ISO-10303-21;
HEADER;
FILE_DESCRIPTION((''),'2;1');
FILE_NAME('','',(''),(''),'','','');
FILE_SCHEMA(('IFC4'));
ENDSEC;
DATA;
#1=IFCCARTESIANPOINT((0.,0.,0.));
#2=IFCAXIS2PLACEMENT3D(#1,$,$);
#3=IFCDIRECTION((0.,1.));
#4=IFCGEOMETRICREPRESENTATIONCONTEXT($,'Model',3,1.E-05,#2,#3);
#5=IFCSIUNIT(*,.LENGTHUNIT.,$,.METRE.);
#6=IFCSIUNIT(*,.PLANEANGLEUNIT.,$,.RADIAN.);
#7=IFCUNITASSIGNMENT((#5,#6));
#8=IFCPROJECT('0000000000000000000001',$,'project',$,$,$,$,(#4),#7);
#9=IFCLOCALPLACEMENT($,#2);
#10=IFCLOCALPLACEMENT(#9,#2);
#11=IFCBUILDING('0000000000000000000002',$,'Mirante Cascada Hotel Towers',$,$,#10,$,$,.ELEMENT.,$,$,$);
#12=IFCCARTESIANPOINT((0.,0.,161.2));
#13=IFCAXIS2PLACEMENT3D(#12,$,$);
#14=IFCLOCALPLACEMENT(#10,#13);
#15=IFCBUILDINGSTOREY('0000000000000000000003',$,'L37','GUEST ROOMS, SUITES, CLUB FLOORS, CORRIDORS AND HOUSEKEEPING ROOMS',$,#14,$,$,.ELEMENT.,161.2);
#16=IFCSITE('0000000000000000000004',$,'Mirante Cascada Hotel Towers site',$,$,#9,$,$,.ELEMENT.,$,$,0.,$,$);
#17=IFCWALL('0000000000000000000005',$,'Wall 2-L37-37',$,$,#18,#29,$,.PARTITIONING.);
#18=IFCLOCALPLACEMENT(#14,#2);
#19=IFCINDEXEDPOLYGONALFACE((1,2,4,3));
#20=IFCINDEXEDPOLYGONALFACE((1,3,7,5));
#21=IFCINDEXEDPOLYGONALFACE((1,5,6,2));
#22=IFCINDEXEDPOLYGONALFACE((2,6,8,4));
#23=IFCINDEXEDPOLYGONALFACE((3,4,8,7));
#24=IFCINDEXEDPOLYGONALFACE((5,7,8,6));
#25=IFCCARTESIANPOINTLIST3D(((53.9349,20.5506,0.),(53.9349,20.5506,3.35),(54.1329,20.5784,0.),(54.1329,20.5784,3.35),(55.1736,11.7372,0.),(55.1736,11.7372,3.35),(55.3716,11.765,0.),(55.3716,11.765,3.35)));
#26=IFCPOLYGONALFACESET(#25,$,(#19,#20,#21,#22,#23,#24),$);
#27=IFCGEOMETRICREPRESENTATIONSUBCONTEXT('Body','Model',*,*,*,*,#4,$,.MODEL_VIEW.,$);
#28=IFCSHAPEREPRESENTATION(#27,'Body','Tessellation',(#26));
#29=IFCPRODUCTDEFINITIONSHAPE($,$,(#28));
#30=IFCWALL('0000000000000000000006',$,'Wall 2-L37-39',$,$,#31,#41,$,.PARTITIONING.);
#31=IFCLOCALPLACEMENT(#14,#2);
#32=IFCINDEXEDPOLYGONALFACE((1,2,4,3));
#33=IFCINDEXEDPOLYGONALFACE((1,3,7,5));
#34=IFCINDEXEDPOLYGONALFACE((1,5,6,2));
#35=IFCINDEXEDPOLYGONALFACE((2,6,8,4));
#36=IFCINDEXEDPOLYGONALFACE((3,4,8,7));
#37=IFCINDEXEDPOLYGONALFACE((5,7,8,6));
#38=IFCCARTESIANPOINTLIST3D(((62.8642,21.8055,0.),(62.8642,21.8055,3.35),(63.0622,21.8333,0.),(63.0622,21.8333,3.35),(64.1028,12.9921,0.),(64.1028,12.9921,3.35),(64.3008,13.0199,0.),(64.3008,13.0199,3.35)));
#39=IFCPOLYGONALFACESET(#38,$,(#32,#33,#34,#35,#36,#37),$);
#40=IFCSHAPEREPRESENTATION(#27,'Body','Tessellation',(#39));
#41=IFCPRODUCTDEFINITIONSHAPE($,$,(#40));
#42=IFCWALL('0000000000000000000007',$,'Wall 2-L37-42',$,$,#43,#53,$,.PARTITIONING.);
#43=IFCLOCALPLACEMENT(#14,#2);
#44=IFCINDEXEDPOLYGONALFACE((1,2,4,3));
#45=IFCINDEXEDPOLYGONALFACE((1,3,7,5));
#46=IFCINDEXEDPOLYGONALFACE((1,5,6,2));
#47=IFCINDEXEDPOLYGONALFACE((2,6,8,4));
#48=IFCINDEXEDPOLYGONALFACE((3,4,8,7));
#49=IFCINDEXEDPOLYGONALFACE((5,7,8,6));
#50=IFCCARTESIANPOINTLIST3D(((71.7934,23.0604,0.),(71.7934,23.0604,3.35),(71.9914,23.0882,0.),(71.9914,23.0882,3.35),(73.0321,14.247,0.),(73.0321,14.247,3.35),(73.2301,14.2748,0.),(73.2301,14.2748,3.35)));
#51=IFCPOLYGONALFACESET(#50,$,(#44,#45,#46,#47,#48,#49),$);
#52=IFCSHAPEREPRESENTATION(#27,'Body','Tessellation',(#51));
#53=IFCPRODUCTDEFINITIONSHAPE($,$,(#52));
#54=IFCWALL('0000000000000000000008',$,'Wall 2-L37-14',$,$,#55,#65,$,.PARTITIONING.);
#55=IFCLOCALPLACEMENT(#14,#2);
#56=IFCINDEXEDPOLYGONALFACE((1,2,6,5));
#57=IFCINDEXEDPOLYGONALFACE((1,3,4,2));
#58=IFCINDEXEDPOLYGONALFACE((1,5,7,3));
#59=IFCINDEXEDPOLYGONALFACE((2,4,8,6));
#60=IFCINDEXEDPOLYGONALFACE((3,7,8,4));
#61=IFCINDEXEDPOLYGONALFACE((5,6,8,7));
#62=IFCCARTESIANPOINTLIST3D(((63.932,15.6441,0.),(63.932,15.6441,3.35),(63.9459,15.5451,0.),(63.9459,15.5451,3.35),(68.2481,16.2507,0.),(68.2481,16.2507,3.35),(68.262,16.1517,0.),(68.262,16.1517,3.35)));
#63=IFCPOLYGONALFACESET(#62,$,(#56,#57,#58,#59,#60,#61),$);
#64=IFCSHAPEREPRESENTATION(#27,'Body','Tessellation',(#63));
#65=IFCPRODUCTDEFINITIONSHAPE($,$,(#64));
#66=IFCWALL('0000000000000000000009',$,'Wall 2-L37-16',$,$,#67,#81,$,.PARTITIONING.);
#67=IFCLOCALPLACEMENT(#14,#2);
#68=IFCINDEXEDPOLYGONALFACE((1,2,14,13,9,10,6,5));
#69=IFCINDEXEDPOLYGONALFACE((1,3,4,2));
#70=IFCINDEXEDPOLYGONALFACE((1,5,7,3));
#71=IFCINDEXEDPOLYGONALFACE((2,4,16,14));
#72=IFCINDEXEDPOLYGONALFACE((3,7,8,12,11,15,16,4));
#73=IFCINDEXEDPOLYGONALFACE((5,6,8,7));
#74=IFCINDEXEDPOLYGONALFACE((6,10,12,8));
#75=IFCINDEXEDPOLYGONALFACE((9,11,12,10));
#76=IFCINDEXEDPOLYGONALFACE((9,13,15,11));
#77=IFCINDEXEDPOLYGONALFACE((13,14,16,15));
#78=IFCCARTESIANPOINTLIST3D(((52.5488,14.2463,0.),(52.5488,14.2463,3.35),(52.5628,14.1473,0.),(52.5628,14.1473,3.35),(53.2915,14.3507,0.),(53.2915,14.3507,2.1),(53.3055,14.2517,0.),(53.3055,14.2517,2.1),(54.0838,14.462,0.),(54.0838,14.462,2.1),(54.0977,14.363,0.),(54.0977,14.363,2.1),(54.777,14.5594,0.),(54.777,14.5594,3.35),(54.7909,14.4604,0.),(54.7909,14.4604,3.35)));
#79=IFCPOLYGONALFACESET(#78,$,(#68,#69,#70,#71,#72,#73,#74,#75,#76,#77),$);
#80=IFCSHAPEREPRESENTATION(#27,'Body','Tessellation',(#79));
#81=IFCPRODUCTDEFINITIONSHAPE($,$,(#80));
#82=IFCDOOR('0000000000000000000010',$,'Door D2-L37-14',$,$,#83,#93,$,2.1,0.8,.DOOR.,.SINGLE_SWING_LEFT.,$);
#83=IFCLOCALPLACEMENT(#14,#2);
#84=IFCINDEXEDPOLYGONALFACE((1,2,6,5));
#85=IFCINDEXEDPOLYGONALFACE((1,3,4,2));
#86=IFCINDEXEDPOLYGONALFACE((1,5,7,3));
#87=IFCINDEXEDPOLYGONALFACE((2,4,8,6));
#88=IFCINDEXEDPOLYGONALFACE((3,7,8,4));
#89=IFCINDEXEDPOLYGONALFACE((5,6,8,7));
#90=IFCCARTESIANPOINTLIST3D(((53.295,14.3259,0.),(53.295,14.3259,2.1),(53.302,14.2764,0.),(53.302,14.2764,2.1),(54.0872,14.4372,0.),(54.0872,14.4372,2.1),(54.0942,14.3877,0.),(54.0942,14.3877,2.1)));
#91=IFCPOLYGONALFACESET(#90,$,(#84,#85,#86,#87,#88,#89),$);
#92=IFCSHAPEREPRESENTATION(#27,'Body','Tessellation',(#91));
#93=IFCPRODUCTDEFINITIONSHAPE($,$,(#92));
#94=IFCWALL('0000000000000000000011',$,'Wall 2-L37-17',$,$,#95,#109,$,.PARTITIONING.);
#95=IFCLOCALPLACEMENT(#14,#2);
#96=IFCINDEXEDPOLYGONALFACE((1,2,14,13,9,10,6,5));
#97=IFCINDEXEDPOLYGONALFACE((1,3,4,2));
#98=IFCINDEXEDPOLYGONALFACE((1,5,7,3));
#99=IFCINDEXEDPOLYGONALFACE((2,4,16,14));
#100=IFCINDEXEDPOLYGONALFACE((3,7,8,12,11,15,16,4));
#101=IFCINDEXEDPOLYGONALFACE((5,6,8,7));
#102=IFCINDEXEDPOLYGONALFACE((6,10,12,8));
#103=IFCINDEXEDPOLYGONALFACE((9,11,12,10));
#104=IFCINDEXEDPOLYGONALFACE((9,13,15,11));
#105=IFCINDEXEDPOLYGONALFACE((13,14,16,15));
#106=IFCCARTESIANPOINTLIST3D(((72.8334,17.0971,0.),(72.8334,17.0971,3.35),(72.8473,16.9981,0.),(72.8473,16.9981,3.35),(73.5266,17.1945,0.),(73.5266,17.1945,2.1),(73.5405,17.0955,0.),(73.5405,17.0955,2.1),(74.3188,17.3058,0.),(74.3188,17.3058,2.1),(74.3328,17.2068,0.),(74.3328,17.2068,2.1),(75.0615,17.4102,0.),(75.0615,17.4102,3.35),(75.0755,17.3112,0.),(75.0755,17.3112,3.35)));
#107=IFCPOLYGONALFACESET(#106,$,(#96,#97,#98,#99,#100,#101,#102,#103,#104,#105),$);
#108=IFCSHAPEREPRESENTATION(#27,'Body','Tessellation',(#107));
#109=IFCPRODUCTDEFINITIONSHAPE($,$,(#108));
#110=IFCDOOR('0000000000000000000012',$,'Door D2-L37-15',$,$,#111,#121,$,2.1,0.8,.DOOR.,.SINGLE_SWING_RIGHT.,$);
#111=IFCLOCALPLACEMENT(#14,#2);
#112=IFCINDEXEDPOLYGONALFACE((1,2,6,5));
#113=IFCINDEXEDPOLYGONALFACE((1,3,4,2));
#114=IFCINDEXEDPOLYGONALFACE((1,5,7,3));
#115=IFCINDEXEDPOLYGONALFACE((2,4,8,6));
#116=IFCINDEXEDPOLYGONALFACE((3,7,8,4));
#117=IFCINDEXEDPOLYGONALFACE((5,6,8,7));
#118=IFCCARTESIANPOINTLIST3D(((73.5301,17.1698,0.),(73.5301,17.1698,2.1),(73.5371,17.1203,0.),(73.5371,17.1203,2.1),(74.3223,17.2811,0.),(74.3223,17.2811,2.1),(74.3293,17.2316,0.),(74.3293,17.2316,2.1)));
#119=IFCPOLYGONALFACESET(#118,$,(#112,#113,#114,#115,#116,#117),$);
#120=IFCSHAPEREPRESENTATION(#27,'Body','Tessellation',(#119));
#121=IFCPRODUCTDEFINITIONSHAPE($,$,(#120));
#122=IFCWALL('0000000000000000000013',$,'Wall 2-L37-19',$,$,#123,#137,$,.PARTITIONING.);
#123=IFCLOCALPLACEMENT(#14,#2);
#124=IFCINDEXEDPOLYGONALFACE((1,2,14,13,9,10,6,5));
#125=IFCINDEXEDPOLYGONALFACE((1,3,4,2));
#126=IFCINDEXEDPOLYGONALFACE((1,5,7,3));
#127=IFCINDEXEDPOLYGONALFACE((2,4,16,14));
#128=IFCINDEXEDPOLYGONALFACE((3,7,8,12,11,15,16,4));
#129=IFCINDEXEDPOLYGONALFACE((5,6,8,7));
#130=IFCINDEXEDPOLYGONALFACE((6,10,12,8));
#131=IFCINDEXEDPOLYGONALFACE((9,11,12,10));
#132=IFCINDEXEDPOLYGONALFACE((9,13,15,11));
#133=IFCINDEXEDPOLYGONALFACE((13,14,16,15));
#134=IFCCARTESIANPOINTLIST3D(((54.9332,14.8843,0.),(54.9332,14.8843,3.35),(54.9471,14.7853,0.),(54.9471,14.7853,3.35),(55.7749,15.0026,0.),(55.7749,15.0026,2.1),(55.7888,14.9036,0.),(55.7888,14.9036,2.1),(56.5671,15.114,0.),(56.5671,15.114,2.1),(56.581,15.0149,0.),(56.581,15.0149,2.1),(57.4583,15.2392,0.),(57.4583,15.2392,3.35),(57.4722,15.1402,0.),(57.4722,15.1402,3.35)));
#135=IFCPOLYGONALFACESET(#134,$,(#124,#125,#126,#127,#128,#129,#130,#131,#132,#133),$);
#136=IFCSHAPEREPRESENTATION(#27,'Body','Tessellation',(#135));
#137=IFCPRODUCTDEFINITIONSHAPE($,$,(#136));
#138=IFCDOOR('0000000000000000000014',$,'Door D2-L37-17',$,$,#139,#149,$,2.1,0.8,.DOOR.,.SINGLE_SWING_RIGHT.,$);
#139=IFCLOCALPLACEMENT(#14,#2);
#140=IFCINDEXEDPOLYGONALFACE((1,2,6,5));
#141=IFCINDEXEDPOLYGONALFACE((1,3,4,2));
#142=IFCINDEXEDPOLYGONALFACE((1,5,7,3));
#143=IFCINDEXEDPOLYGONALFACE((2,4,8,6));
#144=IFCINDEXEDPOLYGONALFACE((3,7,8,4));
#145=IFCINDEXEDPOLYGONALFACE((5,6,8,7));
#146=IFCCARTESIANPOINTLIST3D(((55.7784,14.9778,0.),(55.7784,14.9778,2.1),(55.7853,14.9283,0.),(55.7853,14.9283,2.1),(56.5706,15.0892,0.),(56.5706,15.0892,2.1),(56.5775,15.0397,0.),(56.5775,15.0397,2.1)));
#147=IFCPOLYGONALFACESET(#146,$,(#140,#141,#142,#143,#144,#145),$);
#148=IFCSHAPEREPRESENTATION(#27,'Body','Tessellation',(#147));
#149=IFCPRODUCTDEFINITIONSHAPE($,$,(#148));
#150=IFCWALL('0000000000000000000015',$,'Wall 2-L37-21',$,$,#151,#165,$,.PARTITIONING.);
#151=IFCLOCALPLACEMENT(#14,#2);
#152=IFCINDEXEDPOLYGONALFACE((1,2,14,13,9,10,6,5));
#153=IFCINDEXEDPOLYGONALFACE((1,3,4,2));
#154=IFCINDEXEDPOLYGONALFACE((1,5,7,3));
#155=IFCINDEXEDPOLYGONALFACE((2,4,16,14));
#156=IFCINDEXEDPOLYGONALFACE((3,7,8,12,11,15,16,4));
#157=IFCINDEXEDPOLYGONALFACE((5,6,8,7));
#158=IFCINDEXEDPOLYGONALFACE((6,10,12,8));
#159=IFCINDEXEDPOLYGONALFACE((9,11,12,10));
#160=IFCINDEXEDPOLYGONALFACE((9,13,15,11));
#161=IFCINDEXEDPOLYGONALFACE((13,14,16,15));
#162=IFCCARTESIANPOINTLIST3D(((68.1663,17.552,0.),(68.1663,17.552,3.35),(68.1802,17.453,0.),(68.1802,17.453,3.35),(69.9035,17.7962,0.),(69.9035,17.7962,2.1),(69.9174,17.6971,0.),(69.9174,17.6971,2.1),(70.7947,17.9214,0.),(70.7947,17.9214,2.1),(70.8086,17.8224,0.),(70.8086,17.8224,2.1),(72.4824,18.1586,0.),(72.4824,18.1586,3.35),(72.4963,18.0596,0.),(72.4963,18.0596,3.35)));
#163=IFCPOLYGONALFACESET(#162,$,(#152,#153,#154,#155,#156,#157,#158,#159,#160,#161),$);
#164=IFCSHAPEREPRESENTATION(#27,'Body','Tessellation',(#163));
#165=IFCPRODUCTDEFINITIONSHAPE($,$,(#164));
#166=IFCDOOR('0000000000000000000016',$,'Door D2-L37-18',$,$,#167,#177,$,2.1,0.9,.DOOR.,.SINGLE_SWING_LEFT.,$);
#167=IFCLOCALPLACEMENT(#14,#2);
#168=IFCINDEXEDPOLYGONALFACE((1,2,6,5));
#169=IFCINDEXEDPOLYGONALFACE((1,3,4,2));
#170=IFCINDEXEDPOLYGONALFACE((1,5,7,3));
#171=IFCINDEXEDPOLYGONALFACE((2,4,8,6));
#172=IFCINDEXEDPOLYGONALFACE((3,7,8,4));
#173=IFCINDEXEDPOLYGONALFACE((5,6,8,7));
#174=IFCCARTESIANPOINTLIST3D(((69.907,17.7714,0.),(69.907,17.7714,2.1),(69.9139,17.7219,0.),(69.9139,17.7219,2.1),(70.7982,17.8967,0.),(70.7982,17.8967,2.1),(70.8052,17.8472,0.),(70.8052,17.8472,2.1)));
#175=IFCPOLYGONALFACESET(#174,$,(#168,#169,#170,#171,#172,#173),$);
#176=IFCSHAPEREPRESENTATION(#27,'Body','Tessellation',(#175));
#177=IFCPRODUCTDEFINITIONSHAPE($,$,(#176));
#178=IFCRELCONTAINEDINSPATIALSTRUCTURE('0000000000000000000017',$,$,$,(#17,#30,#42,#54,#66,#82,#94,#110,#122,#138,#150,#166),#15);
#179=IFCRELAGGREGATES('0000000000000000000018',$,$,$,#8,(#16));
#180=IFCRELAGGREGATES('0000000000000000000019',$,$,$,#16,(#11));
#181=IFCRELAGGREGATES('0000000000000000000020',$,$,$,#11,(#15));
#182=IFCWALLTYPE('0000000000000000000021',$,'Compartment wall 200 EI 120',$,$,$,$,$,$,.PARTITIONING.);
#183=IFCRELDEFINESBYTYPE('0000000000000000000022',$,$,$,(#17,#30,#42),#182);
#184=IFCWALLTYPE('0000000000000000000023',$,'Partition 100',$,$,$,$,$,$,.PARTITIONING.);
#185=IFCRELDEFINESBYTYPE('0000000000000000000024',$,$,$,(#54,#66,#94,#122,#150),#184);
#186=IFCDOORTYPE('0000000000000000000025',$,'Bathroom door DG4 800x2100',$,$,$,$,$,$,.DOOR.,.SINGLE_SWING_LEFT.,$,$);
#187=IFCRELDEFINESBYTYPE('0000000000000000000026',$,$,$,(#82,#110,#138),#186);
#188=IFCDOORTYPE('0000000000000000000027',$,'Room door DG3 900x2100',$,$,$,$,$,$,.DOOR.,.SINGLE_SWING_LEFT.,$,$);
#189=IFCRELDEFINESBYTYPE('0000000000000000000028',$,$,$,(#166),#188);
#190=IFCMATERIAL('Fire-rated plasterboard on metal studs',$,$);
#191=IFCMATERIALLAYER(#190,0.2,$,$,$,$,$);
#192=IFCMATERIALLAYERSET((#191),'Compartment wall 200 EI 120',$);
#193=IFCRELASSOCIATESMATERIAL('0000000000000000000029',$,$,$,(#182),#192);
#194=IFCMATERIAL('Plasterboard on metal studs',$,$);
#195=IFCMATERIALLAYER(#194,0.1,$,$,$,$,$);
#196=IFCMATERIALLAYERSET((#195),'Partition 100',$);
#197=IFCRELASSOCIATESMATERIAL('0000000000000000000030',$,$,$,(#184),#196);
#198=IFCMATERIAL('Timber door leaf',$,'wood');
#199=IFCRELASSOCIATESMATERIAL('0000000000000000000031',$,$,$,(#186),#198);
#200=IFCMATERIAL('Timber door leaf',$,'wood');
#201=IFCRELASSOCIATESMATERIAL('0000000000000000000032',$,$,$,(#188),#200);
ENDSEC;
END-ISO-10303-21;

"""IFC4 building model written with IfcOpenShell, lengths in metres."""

from ifc_helpers import new_model, si_unit, direction, frame, frame_2d, origin, place, context, subcontext, project, spatial, rectangle, extrude, material, layer, layer_set, type_object, element, fill, save


model = new_model("IFC4")

# Units and contexts
model_context = context("Model", 3, precision=1e-05, world=origin(), true_north=direction((0.0, 1.0)))
body_context = subcontext(model_context, "Body", "Model", "MODEL_VIEW")
ifc_project = project(units=[si_unit("LENGTHUNIT", "METRE"), si_unit("PLANEANGLEUNIT", "RADIAN")], contexts=[model_context])

# Site, building, storey
site_placement = place(None, origin())
site = spatial("IfcSite", under=ifc_project, at=site_placement, Name="Mirante Cascada Hotel Towers site", CompositionType="ELEMENT", RefElevation=0.0)
building_placement = place(site_placement, origin())
building = spatial("IfcBuilding", under=site, at=building_placement, Name="Mirante Cascada Hotel Towers", CompositionType="ELEMENT")
storey_placement = place(building_placement, frame((0.0, 0.0, 161.2)))
storey = spatial("IfcBuildingStorey", under=building, at=storey_placement, Name="L37", Description="GUEST ROOMS, SUITES, CLUB FLOORS, CORRIDORS AND HOUSEKEEPING ROOMS", CompositionType="ELEMENT", Elevation=161.2)

# Walls
ifc_material_1 = material(Name="Fire-rated plasterboard on metal studs")
ifc_layer_1 = layer(ifc_material_1, 0.2)
ifc_layer_set_1 = layer_set([ifc_layer_1], Name="Compartment wall 200 EI 120")
wall_type_1 = type_object("IfcWallType", Name="Compartment wall 200 EI 120", PredefinedType="PARTITIONING", material=ifc_layer_set_1)
for number, where, z_axis, x_axis, name in (
    (1, (54.0339, 20.5645, 0.0), (0.0, 0.0, 1.0), (0.139179, -0.990267, 0.0), "Wall 2-L37-37"),
    (2, (62.9632, 21.8194, 0.0), (0.0, 0.0, 1.0), (0.139168, -0.990269, 0.0), "Wall 2-L37-39"),
    (3, (73.1311, 14.2609, 0.0), (0.0, 0.0, 1.0), (-0.139179, 0.990267, 0.0), "Wall 2-L37-42"),
):
    element("IfcWall", number, at=place(storey_placement, frame(where, z_axis=z_axis, x_axis=x_axis)), inside=storey, type_object=wall_type_1, Name=name, PredefinedType="PARTITIONING", context=body_context, shape_type="SweptSolid", body=[
        extrude(rectangle(XDim=8.9, YDim=0.2, at=frame_2d((4.45, 0.0))), origin(), (0.0, 0.0, 1.0), 3.35),
    ])
ifc_material_2 = material(Name="Plasterboard on metal studs")
ifc_layer_2 = layer(ifc_material_2, 0.1)
ifc_layer_set_2 = layer_set([ifc_layer_2], Name="Partition 100")
wall_type_2 = type_object("IfcWallType", Name="Partition 100", PredefinedType="PARTITIONING", material=ifc_layer_set_2)
wall_1_placement = place(storey_placement, frame((63.939, 15.5946, 0.0), z_axis=(0.0, 0.0, 1.0), x_axis=(0.990268, 0.139176, 0.0)))
element("IfcWall", 4, at=wall_1_placement, inside=storey, type_object=wall_type_2, Name="Wall 2-L37-14", PredefinedType="PARTITIONING", context=body_context, shape_type="SweptSolid", body=[
    extrude(rectangle(XDim=4.3585, YDim=0.1, at=frame_2d((2.1792, 0.0))), origin(), (0.0, 0.0, 1.0), 3.35),
])

# Walls, openings, doors
wall_2_placement = place(storey_placement, frame((52.5558, 14.1968, 0.0), z_axis=(0.0, 0.0, 1.0), x_axis=(0.990271, 0.139156, 0.0)))
wall_2 = element("IfcWall", 5, at=wall_2_placement, inside=storey, type_object=wall_type_2, Name="Wall 2-L37-16", PredefinedType="PARTITIONING", context=body_context, shape_type="SweptSolid", body=[
    extrude(rectangle(XDim=2.25, YDim=0.1, at=frame_2d((1.125, 0.0))), origin(), (0.0, 0.0, 1.0), 3.35),
])
opening_1_placement = place(wall_2_placement, frame((0.75, 0.0, 0.0)))
opening_1 = element("IfcOpeningElement", 6, at=opening_1_placement, cuts=wall_2, PredefinedType="OPENING", context=body_context, shape_type="SweptSolid", body=[
    extrude(rectangle(XDim=0.8, YDim=2.1, at=frame_2d((0.4, 1.05))), frame((0.0, 0.05, 0.0), z_axis=(0.0, -1.0, 0.0), x_axis=(1.0, 0.0, 0.0)), (0.0, 0.0, 1.0), 0.1),
])
ifc_material_3 = material(Name="Timber door leaf", Category="wood")
door_type_1 = type_object("IfcDoorType", Name="Bathroom door DG4 800x2100", OperationType="SINGLE_SWING_LEFT", PredefinedType="DOOR", material=ifc_material_3)
door_1_placement = place(opening_1_placement, origin())
door_1 = element("IfcDoor", 7, at=door_1_placement, inside=storey, type_object=door_type_1, Name="Door D2-L37-14", OperationType="SINGLE_SWING_LEFT", OverallHeight=2.1, OverallWidth=0.8, PredefinedType="DOOR", context=body_context, shape_type="SweptSolid", body=[
    extrude(rectangle(XDim=0.8, YDim=2.1, at=frame_2d((0.4, 1.05))), frame((0.0, 0.025, 0.0), z_axis=(0.0, -1.0, 0.0), x_axis=(1.0, 0.0, 0.0)), (0.0, 0.0, 1.0), 0.05),
])
fill(opening_1, door_1)
wall_3_placement = place(storey_placement, frame((75.0685, 17.3607, 0.0), z_axis=(0.0, 0.0, 1.0), x_axis=(-0.990271, -0.139156, 0.0)))
wall_3 = element("IfcWall", 8, at=wall_3_placement, inside=storey, type_object=wall_type_2, Name="Wall 2-L37-17", PredefinedType="PARTITIONING", context=body_context, shape_type="SweptSolid", body=[
    extrude(rectangle(XDim=2.25, YDim=0.1, at=frame_2d((1.125, 0.0))), origin(), (0.0, 0.0, 1.0), 3.35),
])
opening_2_placement = place(wall_3_placement, frame((0.75, 0.0, 0.0)))
opening_2 = element("IfcOpeningElement", 9, at=opening_2_placement, cuts=wall_3, PredefinedType="OPENING", context=body_context, shape_type="SweptSolid", body=[
    extrude(rectangle(XDim=0.8, YDim=2.1, at=frame_2d((0.4, 1.05))), frame((0.0, 0.05, 0.0), z_axis=(0.0, -1.0, 0.0), x_axis=(1.0, 0.0, 0.0)), (0.0, 0.0, 1.0), 0.1),
])
door_2_placement = place(opening_2_placement, frame((0.8, 0.0, 0.0), z_axis=(0.0, 0.0, 1.0), x_axis=(-1.0, 0.0, 0.0)))
door_2 = element("IfcDoor", 10, at=door_2_placement, inside=storey, type_object=door_type_1, Name="Door D2-L37-15", OperationType="SINGLE_SWING_RIGHT", OverallHeight=2.1, OverallWidth=0.8, PredefinedType="DOOR", context=body_context, shape_type="SweptSolid", body=[
    extrude(rectangle(XDim=0.8, YDim=2.1, at=frame_2d((0.4, 1.05))), frame((0.0, 0.025, 0.0), z_axis=(0.0, -1.0, 0.0), x_axis=(1.0, 0.0, 0.0)), (0.0, 0.0, 1.0), 0.05),
])
fill(opening_2, door_2)
wall_4_placement = place(storey_placement, frame((57.4653, 15.1897, 0.0), z_axis=(0.0, 0.0, 1.0), x_axis=(-0.990267, -0.139181, 0.0)))
wall_4 = element("IfcWall", 11, at=wall_4_placement, inside=storey, type_object=wall_type_2, Name="Wall 2-L37-19", PredefinedType="PARTITIONING", context=body_context, shape_type="SweptSolid", body=[
    extrude(rectangle(XDim=2.5499, YDim=0.1, at=frame_2d((1.275, 0.0))), origin(), (0.0, 0.0, 1.0), 3.35),
])
opening_3_placement = place(wall_4_placement, frame((0.9, 0.0, 0.0)))
opening_3 = element("IfcOpeningElement", 12, at=opening_3_placement, cuts=wall_4, PredefinedType="OPENING", context=body_context, shape_type="SweptSolid", body=[
    extrude(rectangle(XDim=0.8, YDim=2.1, at=frame_2d((0.4, 1.05))), frame((0.0, 0.05, 0.0), z_axis=(0.0, -1.0, 0.0), x_axis=(1.0, 0.0, 0.0)), (0.0, 0.0, 1.0), 0.1),
])
door_3_placement = place(opening_3_placement, frame((0.8, 0.0, 0.0), z_axis=(0.0, 0.0, 1.0), x_axis=(-1.0, 0.0, 0.0)))
door_3 = element("IfcDoor", 13, at=door_3_placement, inside=storey, type_object=door_type_1, Name="Door D2-L37-17", OperationType="SINGLE_SWING_RIGHT", OverallHeight=2.1, OverallWidth=0.8, PredefinedType="DOOR", context=body_context, shape_type="SweptSolid", body=[
    extrude(rectangle(XDim=0.8, YDim=2.1, at=frame_2d((0.4, 1.05))), frame((0.0, 0.025, 0.0), z_axis=(0.0, -1.0, 0.0), x_axis=(1.0, 0.0, 0.0)), (0.0, 0.0, 1.0), 0.05),
])
fill(opening_3, door_3)
wall_5_placement = place(storey_placement, frame((72.4893, 18.1091, 0.0), z_axis=(0.0, 0.0, 1.0), x_axis=(-0.990268, -0.139176, 0.0)))
wall_5 = element("IfcWall", 14, at=wall_5_placement, inside=storey, type_object=wall_type_2, Name="Wall 2-L37-21", PredefinedType="PARTITIONING", context=body_context, shape_type="SweptSolid", body=[
    extrude(rectangle(XDim=4.3585, YDim=0.1, at=frame_2d((2.1792, 0.0))), origin(), (0.0, 0.0, 1.0), 3.35),
])
opening_4_placement = place(wall_5_placement, frame((1.7042, 0.0, 0.0)))
opening_4 = element("IfcOpeningElement", 15, at=opening_4_placement, cuts=wall_5, PredefinedType="OPENING", context=body_context, shape_type="SweptSolid", body=[
    extrude(rectangle(XDim=0.9, YDim=2.1, at=frame_2d((0.45, 1.05))), frame((0.0, 0.05, 0.0), z_axis=(0.0, -1.0, 0.0), x_axis=(1.0, 0.0, 0.0)), (0.0, 0.0, 1.0), 0.1),
])
ifc_material_4 = material(Name="Timber door leaf", Category="wood")
door_type_2 = type_object("IfcDoorType", Name="Room door DG3 900x2100", OperationType="SINGLE_SWING_LEFT", PredefinedType="DOOR", material=ifc_material_4)
door_4_placement = place(opening_4_placement, origin())
door_4 = element("IfcDoor", 16, at=door_4_placement, inside=storey, type_object=door_type_2, Name="Door D2-L37-18", OperationType="SINGLE_SWING_LEFT", OverallHeight=2.1, OverallWidth=0.9, PredefinedType="DOOR", context=body_context, shape_type="SweptSolid", body=[
    extrude(rectangle(XDim=0.9, YDim=2.1, at=frame_2d((0.45, 1.05))), frame((0.0, 0.025, 0.0), z_axis=(0.0, -1.0, 0.0), x_axis=(1.0, 0.0, 0.0)), (0.0, 0.0, 1.0), 0.05),
])
fill(opening_4, door_4)

save(model, "model.ifc")
